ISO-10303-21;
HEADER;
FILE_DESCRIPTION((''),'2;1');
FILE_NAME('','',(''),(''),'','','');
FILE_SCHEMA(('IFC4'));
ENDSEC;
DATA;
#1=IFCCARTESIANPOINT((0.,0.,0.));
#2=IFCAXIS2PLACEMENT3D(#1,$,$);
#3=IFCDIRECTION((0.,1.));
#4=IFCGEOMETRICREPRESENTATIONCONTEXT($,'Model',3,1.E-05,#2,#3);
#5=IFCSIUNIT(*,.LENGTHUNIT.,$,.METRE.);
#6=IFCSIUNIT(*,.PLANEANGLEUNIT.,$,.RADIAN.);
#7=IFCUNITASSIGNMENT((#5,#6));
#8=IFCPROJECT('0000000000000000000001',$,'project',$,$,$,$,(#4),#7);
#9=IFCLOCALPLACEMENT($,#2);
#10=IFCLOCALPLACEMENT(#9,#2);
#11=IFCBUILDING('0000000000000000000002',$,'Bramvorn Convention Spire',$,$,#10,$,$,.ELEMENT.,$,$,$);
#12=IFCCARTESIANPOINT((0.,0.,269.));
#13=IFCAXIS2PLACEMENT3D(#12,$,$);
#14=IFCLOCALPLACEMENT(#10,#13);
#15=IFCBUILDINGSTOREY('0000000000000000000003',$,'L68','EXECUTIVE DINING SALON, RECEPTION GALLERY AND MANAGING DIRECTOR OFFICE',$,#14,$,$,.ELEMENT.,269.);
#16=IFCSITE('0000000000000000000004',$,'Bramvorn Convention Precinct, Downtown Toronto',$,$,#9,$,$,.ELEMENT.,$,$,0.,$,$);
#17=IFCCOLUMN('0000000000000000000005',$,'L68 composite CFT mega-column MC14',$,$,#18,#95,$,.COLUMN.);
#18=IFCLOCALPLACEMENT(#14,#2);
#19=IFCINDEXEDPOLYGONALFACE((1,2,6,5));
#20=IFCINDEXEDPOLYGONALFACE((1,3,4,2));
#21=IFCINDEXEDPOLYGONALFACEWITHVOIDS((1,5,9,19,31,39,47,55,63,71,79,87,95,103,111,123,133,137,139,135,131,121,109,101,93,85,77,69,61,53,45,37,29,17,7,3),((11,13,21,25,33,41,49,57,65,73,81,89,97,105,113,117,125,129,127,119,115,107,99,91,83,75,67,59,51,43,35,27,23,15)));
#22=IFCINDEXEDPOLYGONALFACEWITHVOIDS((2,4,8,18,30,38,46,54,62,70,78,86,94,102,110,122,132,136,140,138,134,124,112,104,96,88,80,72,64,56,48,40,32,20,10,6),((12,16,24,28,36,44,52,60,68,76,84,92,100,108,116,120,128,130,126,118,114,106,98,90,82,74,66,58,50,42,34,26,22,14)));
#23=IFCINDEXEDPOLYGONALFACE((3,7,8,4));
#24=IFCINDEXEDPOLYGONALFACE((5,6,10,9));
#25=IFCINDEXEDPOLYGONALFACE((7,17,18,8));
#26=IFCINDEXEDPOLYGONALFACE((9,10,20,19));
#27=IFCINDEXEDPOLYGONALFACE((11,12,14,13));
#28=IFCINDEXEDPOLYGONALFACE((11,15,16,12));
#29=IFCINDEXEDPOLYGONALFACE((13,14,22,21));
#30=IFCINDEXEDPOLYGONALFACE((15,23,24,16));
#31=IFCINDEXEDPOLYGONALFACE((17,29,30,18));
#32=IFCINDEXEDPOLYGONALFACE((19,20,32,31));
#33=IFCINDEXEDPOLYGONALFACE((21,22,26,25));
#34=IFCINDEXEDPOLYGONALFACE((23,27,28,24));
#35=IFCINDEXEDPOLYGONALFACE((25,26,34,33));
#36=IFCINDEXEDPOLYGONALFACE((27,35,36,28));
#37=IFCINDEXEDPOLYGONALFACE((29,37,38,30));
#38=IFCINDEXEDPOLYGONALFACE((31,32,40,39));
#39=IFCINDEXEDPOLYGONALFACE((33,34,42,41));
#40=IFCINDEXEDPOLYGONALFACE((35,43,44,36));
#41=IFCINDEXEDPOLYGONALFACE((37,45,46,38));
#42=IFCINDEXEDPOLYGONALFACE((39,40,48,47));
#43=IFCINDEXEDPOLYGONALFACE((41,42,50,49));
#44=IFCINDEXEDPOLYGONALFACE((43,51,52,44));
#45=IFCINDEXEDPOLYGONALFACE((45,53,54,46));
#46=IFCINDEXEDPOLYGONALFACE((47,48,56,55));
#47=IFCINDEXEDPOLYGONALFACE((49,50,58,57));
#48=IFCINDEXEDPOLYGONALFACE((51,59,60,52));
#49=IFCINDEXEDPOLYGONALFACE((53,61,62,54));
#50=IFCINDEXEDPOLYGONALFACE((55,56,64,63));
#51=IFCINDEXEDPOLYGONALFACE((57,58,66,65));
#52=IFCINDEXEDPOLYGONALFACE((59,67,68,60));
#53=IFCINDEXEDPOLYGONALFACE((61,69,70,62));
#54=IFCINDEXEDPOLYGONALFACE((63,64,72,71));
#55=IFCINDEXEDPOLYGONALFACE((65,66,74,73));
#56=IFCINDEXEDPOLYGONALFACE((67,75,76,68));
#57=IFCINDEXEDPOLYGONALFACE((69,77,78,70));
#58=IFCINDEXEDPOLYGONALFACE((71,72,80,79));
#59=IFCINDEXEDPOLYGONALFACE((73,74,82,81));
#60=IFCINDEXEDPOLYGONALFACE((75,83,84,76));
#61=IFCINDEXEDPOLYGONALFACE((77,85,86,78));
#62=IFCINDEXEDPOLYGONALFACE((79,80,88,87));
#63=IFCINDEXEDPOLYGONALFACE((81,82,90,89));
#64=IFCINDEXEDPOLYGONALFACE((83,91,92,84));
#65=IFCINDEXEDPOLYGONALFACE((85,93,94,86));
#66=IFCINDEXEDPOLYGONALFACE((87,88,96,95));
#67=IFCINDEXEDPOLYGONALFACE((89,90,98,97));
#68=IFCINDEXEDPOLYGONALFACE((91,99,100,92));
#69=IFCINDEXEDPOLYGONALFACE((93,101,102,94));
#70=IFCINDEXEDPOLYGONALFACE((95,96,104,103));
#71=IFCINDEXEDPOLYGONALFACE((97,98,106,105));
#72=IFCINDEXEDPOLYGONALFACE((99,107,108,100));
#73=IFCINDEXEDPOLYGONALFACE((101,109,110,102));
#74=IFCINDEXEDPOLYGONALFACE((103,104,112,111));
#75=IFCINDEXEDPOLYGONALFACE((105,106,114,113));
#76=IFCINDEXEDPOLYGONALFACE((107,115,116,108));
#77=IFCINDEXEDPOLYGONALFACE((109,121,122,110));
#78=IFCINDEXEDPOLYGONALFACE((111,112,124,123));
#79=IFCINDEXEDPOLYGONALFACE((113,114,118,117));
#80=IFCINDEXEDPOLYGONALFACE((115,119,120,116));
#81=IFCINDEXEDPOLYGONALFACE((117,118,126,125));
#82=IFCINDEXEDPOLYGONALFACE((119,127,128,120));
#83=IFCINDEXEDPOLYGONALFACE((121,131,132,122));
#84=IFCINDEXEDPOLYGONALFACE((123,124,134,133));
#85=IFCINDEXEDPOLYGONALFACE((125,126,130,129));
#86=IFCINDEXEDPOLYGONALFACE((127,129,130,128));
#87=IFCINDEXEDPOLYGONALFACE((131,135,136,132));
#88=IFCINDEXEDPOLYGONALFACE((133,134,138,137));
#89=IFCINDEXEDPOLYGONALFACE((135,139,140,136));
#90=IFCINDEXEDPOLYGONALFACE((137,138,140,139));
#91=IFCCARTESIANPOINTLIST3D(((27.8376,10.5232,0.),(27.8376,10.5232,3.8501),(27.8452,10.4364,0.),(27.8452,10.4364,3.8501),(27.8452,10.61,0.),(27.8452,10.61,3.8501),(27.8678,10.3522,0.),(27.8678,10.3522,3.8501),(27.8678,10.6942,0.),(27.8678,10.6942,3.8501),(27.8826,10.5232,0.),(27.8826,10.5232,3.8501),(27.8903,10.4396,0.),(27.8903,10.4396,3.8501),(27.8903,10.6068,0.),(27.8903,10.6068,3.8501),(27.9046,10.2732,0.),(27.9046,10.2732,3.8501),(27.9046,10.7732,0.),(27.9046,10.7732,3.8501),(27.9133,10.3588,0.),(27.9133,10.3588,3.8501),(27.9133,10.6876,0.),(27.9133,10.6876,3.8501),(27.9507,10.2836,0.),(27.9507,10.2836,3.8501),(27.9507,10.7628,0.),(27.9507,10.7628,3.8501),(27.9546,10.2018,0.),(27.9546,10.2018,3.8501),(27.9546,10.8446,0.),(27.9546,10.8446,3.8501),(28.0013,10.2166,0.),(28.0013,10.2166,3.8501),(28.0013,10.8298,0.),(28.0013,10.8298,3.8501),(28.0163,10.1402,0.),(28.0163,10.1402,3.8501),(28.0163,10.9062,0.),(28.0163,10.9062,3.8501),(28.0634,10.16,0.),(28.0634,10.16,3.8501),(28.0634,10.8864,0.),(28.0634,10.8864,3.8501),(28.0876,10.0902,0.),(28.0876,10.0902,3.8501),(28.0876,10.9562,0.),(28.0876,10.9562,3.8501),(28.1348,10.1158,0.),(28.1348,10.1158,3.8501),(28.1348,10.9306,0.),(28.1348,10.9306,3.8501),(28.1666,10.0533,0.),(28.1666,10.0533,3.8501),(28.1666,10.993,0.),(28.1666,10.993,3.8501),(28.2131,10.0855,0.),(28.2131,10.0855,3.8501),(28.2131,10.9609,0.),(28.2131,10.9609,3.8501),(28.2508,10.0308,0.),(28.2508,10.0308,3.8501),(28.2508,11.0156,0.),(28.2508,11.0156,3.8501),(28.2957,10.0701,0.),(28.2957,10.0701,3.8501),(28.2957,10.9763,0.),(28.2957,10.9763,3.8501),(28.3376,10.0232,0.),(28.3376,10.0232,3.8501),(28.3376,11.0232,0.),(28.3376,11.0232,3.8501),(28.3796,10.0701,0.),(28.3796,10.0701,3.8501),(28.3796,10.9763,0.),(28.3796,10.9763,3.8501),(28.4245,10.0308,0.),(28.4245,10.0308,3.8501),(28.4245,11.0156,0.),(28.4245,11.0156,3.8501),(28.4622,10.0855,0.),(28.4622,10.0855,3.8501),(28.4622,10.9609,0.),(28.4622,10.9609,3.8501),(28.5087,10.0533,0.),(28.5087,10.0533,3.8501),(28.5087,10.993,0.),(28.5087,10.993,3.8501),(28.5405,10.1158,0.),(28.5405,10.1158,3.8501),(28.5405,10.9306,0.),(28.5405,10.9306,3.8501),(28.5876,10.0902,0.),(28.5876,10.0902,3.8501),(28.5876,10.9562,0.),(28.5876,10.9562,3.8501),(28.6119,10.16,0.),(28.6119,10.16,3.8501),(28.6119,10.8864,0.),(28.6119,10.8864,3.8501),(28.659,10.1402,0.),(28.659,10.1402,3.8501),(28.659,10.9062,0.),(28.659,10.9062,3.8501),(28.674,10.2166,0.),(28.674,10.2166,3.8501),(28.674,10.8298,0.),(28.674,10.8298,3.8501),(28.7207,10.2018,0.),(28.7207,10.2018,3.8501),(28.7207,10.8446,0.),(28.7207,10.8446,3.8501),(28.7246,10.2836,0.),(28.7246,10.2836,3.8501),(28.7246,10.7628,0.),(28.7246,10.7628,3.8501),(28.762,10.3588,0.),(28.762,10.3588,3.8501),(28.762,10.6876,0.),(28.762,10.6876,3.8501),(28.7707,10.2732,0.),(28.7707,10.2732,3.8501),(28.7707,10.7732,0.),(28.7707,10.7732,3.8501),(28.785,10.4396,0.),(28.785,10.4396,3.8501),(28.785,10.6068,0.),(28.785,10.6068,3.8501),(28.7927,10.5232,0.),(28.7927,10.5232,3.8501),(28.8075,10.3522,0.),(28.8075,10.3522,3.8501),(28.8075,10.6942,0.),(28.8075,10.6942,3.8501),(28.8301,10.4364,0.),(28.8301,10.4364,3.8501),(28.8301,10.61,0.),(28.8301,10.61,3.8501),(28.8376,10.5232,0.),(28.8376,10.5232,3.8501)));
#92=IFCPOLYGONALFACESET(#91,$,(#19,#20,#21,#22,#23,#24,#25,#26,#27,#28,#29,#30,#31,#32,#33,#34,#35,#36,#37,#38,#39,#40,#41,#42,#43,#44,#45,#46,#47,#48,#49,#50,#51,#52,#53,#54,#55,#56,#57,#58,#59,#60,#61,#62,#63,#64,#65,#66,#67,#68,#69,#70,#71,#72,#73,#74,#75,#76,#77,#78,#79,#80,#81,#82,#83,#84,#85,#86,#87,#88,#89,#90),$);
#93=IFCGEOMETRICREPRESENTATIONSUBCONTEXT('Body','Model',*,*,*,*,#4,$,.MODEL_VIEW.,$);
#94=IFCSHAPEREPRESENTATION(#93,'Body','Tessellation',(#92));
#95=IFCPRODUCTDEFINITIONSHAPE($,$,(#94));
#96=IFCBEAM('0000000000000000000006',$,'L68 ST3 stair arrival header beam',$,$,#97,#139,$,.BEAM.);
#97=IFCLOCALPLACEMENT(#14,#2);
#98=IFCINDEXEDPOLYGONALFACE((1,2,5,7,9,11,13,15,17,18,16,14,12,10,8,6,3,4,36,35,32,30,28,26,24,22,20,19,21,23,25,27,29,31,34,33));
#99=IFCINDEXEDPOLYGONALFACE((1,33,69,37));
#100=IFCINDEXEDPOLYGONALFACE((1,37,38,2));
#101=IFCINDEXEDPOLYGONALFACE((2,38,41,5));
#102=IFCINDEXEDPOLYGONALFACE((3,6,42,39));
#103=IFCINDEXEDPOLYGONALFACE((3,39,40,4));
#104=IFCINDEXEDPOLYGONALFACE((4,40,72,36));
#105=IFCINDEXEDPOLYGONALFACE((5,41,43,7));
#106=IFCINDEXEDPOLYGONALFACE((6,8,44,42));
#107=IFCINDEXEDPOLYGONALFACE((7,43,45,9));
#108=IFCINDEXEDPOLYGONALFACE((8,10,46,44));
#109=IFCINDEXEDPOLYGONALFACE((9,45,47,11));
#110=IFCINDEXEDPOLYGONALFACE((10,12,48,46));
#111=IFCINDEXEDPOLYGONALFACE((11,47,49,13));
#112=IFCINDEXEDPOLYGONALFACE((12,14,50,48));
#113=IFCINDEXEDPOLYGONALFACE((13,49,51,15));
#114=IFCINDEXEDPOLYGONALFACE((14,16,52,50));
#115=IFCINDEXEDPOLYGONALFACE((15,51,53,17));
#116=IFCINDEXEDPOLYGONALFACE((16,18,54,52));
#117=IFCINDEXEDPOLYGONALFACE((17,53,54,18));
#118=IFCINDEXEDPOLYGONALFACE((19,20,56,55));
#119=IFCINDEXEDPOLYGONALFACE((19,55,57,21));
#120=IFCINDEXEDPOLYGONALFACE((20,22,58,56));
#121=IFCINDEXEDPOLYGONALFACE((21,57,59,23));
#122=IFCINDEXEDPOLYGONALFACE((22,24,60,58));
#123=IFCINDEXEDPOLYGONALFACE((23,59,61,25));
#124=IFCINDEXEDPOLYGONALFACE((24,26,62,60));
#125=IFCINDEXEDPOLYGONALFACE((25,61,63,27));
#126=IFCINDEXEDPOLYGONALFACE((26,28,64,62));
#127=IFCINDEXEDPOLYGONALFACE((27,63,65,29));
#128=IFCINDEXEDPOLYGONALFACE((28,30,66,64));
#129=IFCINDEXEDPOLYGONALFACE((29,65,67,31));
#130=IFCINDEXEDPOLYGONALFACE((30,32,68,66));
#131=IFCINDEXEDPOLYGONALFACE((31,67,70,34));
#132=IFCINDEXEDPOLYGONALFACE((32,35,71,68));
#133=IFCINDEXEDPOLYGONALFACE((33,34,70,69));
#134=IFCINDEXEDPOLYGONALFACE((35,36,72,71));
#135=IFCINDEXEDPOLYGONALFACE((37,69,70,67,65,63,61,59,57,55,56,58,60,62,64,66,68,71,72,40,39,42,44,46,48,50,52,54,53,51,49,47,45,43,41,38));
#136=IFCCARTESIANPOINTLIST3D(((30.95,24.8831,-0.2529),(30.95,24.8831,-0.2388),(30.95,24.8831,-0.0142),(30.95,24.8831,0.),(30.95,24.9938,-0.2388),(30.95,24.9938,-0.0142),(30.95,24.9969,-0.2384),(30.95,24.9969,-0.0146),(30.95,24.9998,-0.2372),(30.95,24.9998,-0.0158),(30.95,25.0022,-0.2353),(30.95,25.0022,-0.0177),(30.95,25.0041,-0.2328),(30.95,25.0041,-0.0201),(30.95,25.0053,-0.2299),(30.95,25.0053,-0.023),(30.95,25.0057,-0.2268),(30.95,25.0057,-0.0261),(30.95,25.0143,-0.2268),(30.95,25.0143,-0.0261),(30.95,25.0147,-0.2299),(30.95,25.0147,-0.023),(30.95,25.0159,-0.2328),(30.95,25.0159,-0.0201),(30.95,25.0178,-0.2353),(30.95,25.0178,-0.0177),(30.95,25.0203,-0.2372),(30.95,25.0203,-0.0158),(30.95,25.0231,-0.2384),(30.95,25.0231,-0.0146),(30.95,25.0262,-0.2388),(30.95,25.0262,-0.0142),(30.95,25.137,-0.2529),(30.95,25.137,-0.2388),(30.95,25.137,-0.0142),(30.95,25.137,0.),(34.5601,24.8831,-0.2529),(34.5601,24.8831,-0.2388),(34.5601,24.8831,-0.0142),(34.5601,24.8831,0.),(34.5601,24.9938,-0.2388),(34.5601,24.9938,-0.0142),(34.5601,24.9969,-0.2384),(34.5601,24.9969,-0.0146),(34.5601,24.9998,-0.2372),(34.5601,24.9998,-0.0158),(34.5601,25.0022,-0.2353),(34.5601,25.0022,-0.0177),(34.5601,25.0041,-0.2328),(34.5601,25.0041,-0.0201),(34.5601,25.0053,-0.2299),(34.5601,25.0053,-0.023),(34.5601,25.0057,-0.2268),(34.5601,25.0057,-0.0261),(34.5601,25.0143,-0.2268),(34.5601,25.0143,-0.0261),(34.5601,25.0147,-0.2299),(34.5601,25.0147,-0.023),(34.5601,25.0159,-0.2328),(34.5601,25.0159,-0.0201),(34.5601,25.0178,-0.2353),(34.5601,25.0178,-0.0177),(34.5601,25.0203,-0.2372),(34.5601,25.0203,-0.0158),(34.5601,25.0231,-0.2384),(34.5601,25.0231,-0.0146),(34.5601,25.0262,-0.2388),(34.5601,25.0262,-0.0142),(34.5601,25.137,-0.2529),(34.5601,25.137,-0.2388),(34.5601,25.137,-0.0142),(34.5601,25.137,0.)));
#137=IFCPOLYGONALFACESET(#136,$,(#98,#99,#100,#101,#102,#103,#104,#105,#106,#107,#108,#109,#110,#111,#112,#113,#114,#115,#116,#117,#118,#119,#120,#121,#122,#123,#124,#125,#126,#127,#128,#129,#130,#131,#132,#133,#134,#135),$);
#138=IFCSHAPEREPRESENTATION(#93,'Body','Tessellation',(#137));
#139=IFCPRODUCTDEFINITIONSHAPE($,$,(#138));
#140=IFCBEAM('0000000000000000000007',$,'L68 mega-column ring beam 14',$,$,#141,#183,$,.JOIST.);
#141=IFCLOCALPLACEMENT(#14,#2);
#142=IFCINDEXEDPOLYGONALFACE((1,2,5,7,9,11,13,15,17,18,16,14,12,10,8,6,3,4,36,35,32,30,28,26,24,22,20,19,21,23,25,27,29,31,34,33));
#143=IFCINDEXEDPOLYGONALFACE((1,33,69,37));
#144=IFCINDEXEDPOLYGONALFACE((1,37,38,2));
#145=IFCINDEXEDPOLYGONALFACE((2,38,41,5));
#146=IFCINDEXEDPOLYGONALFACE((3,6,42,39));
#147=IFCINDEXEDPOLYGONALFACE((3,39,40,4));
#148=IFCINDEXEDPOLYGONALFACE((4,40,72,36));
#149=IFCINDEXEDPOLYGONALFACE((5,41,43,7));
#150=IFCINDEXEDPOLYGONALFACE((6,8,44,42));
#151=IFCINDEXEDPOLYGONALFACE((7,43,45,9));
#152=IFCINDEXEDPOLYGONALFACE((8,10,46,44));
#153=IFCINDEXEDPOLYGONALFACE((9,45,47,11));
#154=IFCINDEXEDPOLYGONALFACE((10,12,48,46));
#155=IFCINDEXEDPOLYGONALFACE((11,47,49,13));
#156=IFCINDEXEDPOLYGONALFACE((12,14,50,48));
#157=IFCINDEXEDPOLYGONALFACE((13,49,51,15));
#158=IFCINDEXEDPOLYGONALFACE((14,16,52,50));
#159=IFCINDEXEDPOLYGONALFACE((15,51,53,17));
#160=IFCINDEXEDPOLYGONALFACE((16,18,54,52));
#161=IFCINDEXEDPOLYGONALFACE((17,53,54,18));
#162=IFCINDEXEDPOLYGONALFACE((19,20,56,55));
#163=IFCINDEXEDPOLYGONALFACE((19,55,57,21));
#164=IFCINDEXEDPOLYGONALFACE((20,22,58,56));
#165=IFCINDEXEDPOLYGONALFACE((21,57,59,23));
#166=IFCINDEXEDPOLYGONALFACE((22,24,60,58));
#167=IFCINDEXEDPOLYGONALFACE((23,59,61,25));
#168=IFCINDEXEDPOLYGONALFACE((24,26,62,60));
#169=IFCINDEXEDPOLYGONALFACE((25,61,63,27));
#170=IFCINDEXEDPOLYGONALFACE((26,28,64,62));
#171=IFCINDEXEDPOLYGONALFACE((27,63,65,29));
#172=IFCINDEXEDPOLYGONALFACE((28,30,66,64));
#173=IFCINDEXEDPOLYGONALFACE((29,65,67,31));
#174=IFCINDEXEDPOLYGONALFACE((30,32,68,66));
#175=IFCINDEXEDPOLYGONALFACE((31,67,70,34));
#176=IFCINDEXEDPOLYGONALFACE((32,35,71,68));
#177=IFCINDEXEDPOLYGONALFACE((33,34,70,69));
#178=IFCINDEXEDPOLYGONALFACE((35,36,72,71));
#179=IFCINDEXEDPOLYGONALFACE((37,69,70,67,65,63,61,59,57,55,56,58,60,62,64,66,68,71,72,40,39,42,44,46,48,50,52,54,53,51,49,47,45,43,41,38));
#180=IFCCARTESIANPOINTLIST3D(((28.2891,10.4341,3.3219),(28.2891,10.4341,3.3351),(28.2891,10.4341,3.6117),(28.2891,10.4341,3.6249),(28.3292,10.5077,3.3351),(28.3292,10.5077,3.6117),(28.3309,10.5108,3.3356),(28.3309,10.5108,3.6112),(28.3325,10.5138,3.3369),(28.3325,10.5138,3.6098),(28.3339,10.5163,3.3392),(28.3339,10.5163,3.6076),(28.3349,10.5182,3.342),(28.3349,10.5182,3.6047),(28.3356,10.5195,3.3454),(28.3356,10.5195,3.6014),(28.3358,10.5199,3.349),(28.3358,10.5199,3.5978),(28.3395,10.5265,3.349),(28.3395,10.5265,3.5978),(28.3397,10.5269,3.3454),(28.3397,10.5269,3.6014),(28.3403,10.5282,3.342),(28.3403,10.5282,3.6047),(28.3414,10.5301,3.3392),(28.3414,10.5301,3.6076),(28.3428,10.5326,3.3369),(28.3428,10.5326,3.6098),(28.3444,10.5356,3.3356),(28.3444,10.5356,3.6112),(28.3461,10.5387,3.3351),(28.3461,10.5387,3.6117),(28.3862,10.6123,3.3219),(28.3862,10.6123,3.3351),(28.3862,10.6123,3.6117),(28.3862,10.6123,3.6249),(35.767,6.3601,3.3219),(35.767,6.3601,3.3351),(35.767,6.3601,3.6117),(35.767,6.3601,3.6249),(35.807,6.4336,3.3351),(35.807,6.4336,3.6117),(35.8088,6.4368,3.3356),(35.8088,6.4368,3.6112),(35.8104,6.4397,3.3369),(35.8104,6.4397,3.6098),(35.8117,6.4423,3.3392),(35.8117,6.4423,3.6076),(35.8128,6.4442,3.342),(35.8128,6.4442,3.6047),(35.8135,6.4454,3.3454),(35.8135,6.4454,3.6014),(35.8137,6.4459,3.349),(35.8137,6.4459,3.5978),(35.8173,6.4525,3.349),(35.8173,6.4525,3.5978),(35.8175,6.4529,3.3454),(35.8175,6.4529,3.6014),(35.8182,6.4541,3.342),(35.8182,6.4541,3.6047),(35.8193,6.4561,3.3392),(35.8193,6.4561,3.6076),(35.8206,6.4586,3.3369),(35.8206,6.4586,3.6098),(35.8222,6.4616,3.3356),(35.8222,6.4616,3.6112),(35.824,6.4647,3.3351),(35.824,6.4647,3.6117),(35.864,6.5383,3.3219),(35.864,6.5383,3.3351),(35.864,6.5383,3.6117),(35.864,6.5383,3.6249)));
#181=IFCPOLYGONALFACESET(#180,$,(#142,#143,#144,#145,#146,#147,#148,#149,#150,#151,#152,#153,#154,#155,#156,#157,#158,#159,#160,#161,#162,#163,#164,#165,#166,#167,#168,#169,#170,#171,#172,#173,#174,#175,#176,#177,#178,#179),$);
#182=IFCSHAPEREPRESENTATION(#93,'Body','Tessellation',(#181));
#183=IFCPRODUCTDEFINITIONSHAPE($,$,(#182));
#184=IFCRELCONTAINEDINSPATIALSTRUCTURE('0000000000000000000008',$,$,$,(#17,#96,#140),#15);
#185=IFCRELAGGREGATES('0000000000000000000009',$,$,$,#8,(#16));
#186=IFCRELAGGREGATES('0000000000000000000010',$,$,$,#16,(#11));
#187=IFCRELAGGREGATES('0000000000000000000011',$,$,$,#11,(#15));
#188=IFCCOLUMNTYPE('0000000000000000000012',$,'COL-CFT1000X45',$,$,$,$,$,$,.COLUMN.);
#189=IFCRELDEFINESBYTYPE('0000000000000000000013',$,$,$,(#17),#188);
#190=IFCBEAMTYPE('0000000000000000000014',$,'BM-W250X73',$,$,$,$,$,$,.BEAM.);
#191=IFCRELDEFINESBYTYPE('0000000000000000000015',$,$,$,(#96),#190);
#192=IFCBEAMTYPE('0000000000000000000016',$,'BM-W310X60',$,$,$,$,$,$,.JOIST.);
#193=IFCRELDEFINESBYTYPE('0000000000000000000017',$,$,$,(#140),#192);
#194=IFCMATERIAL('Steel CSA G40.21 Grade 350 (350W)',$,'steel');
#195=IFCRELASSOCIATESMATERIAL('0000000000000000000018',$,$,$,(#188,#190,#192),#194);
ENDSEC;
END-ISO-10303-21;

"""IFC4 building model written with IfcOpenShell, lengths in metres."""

from ifc_helpers import new_model, si_unit, direction, frame, origin, origin_2d, place, context, subcontext, project, spatial, hollow_circle, i_section, extrude, material, material_profile, profile_set, type_object, element, save


model = new_model("IFC4")

# Units and contexts
model_context = context("Model", 3, precision=1e-05, world=origin(), true_north=direction((0.0, 1.0)))
body_context = subcontext(model_context, "Body", "Model", "MODEL_VIEW")
ifc_project = project(units=[si_unit("LENGTHUNIT", "METRE"), si_unit("PLANEANGLEUNIT", "RADIAN")], contexts=[model_context])

# Site, building, storey
site_placement = place(None, origin())
site = spatial("IfcSite", under=ifc_project, at=site_placement, Name="Bramvorn Convention Precinct, Downtown Toronto", CompositionType="ELEMENT", RefElevation=0.0)
building_placement = place(site_placement, origin())
building = spatial("IfcBuilding", under=site, at=building_placement, Name="Bramvorn Convention Spire", CompositionType="ELEMENT")
storey_placement = place(building_placement, frame((0.0, 0.0, 269.0)))
storey = spatial("IfcBuildingStorey", under=building, at=storey_placement, Name="L68", Description="EXECUTIVE DINING SALON, RECEPTION GALLERY AND MANAGING DIRECTOR OFFICE", CompositionType="ELEMENT", Elevation=269.0)

# Column
ifc_material_1 = material(Name="Steel CSA G40.21 Grade 350 (350W)", Category="steel")
ifc_material_profile_1 = material_profile(ifc_material_1, hollow_circle(Radius=0.5, WallThickness=0.0449, at=origin_2d()))
ifc_profile_set_1 = profile_set([ifc_material_profile_1], Name="Steel CSA G40.21 Grade 350 (350W) - CFT1000X45")
column_type = type_object("IfcColumnType", Name="COL-CFT1000X45", PredefinedType="COLUMN", material=ifc_profile_set_1)
column_placement = place(storey_placement, frame((28.3376, 10.5232, 0.0), z_axis=(0.0, 0.0, 1.0), x_axis=(1.0, 0.0, 0.0)))
element("IfcColumn", 1, at=column_placement, inside=storey, type_object=column_type, Name="L68 composite CFT mega-column MC14", PredefinedType="COLUMN", context=body_context, shape_type="SweptSolid", body=[
    extrude(hollow_circle(Radius=0.5, WallThickness=0.0449, at=origin_2d()), origin(), (0.0, 0.0, 1.0), 3.8501),
])

# Beams
ifc_material_profile_2 = material_profile(ifc_material_1, i_section(OverallWidth=0.2539, OverallDepth=0.2529, WebThickness=0.0085, FlangeThickness=0.0142, FilletRadius=0.012, at=origin_2d()))
ifc_profile_set_2 = profile_set([ifc_material_profile_2], Name="Steel CSA G40.21 Grade 350 (350W) - W250X73")
beam_type_1 = type_object("IfcBeamType", Name="BM-W250X73", PredefinedType="BEAM", material=ifc_profile_set_2)
beam_1_placement = place(storey_placement, frame((30.95, 25.01, -0.1265), z_axis=(1.0, 0.0, 0.0), x_axis=(0.0, 1.0, 0.0)))
element("IfcBeam", 2, at=beam_1_placement, inside=storey, type_object=beam_type_1, Name="L68 ST3 stair arrival header beam", PredefinedType="BEAM", context=body_context, shape_type="SweptSolid", body=[
    extrude(i_section(OverallWidth=0.2539, OverallDepth=0.2529, WebThickness=0.0085, FlangeThickness=0.0142, FilletRadius=0.012, at=origin_2d()), origin(), (0.0, 0.0, 1.0), 3.6101),
])
ifc_material_profile_3 = material_profile(ifc_material_1, i_section(OverallWidth=0.2029, OverallDepth=0.303, WebThickness=0.0076, FlangeThickness=0.0132, FilletRadius=0.0139, at=origin_2d()))
ifc_profile_set_3 = profile_set([ifc_material_profile_3], Name="Steel CSA G40.21 Grade 350 (350W) - W310X60")
beam_type_2 = type_object("IfcBeamType", Name="BM-W310X60", PredefinedType="JOIST", material=ifc_profile_set_3)
beam_2_placement = place(storey_placement, frame((28.3376, 10.5232, 3.4734), z_axis=(0.878133, -0.478416, 0.0), x_axis=(0.478416, 0.878133, 0.0)))
element("IfcBeam", 3, at=beam_2_placement, inside=storey, type_object=beam_type_2, Name="L68 mega-column ring beam 14", PredefinedType="JOIST", context=body_context, shape_type="SweptSolid", body=[
    extrude(i_section(OverallWidth=0.2029, OverallDepth=0.303, WebThickness=0.0076, FlangeThickness=0.0132, FilletRadius=0.0139, at=origin_2d()), origin(), (0.0, 0.0, 1.0), 8.5156),
])

save(model, "model.ifc")
